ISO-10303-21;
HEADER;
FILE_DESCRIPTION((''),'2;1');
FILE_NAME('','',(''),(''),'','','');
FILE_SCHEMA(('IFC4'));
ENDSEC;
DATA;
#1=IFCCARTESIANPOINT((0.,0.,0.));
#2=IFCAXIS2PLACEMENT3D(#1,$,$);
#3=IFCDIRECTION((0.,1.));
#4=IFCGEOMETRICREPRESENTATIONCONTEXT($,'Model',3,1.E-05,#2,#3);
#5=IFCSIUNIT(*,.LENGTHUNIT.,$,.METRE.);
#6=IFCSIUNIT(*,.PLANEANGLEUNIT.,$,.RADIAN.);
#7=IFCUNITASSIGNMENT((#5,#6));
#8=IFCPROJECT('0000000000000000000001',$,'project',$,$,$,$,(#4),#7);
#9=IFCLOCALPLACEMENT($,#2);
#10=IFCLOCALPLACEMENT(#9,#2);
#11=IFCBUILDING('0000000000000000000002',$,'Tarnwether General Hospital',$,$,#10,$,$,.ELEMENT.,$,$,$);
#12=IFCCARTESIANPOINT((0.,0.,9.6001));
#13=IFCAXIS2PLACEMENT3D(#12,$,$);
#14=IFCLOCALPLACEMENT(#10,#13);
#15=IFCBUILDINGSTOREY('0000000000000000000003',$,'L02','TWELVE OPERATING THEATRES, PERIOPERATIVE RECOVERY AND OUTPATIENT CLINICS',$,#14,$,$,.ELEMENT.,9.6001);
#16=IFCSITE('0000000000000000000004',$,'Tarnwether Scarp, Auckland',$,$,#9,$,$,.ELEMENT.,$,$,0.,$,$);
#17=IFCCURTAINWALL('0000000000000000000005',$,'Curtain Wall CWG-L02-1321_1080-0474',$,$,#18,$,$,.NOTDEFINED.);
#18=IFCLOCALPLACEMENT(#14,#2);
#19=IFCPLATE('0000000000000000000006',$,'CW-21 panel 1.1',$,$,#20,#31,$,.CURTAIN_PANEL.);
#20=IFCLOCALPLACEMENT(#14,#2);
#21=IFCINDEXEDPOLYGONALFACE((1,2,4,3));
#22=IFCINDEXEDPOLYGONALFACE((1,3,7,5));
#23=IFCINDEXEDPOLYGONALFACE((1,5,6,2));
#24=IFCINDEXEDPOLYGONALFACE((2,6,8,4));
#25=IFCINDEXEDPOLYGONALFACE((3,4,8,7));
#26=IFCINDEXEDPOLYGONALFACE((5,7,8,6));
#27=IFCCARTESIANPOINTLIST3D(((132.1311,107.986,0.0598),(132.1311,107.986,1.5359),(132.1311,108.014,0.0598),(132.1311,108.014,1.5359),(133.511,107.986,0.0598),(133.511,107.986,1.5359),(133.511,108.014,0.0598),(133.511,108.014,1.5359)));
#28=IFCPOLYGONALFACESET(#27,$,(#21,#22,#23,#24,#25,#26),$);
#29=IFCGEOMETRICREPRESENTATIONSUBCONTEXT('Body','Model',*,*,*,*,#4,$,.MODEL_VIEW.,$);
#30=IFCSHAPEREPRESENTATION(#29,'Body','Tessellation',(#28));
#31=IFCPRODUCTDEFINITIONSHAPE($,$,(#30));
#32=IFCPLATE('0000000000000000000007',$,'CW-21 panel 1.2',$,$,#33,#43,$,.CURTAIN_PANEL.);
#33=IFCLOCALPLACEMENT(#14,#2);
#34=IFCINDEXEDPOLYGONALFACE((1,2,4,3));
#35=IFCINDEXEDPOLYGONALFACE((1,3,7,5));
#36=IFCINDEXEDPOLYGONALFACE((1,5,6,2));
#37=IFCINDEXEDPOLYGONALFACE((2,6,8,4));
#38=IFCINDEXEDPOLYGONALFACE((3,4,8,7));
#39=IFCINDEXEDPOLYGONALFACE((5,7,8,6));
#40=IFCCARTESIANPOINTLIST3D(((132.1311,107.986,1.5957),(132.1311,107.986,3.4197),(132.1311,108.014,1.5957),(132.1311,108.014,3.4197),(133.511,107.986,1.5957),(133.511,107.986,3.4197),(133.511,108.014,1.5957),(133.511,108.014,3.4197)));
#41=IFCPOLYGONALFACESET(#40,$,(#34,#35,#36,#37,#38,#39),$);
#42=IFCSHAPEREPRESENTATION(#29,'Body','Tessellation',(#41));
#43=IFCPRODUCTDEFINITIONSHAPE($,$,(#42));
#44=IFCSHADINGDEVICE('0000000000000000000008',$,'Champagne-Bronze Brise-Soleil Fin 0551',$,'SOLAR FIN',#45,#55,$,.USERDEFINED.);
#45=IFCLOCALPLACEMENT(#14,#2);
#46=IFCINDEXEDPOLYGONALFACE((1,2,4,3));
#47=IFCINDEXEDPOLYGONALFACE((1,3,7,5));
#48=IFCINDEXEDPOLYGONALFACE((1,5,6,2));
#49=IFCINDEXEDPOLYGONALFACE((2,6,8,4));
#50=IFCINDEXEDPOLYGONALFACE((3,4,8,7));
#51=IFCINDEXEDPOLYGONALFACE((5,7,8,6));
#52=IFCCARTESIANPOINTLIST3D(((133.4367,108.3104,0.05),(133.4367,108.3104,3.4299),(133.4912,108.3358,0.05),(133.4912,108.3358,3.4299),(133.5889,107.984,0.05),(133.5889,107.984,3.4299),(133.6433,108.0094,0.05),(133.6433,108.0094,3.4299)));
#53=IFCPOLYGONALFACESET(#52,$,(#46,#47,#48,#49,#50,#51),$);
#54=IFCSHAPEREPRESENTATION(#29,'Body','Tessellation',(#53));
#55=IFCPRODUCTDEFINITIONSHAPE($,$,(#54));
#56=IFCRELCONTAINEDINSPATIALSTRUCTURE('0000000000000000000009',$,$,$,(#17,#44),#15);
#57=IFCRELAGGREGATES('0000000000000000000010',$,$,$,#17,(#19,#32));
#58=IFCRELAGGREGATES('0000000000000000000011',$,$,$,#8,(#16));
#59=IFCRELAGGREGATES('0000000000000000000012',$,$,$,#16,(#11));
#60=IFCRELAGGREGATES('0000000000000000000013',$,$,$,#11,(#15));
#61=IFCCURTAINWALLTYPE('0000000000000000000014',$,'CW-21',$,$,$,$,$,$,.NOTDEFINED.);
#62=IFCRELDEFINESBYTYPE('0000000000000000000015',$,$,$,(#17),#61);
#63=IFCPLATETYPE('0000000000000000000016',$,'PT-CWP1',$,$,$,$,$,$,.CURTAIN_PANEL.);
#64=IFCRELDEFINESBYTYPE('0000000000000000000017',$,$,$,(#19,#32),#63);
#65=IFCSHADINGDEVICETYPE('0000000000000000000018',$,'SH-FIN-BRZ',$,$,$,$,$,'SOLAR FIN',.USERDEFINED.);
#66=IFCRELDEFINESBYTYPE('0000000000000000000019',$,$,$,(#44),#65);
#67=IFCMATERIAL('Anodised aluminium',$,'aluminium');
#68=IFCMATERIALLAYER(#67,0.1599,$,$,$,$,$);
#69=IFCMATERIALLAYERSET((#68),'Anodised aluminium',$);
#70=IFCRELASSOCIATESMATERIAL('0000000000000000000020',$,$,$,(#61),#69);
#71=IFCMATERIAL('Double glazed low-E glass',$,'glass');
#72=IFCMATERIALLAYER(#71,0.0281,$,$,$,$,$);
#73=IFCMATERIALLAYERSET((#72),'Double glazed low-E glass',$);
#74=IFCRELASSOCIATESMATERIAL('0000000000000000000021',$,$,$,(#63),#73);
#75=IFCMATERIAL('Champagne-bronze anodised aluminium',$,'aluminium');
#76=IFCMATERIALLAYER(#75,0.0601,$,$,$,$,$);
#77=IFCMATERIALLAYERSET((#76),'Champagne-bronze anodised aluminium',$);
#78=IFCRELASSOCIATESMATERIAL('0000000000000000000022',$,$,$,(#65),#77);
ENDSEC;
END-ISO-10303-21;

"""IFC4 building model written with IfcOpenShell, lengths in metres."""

from ifc_helpers import new_model, si_unit, direction, frame, origin, origin_2d, place, context, subcontext, project, spatial, rectangle, extrude, material, layer, layer_set, type_object, element, aggregate, save


model = new_model("IFC4")

# Units and contexts
model_context = context("Model", 3, precision=1e-05, world=origin(), true_north=direction((0.0, 1.0)))
body_context = subcontext(model_context, "Body", "Model", "MODEL_VIEW")
ifc_project = project(units=[si_unit("LENGTHUNIT", "METRE"), si_unit("PLANEANGLEUNIT", "RADIAN")], contexts=[model_context])

# Site, building, storey
site_placement = place(None, origin())
site = spatial("IfcSite", under=ifc_project, at=site_placement, Name="Tarnwether Scarp, Auckland", CompositionType="ELEMENT", RefElevation=0.0)
building_placement = place(site_placement, origin())
building = spatial("IfcBuilding", under=site, at=building_placement, Name="Tarnwether General Hospital", CompositionType="ELEMENT")
storey_placement = place(building_placement, frame((0.0, 0.0, 9.6001)))
storey = spatial("IfcBuildingStorey", under=building, at=storey_placement, Name="L02", Description="TWELVE OPERATING THEATRES, PERIOPERATIVE RECOVERY AND OUTPATIENT CLINICS", CompositionType="ELEMENT", Elevation=9.6001)

# Curtain wall
ifc_material_1 = material(Name="Anodised aluminium", Category="aluminium")
ifc_layer_1 = layer(ifc_material_1, 0.1599)
ifc_layer_set_1 = layer_set([ifc_layer_1], Name="Anodised aluminium")
curtain_wall_type_1 = type_object("IfcCurtainWallType", Name="CW-21", PredefinedType="NOTDEFINED", material=ifc_layer_set_1)
curtain_wall_1_placement = place(storey_placement, origin())
curtain_wall_1 = element("IfcCurtainWall", 1, at=curtain_wall_1_placement, inside=storey, type_object=curtain_wall_type_1, Name="Curtain Wall CWG-L02-1321_1080-0474", PredefinedType="NOTDEFINED")

# Plates
ifc_material_2 = material(Name="Double glazed low-E glass", Category="glass")
ifc_layer_2 = layer(ifc_material_2, 0.0281)
ifc_layer_set_2 = layer_set([ifc_layer_2], Name="Double glazed low-E glass")
plate_type = type_object("IfcPlateType", Name="PT-CWP1", PredefinedType="CURTAIN_PANEL", material=ifc_layer_set_2)
plate_1_placement = place(storey_placement, frame((132.821, 108.0, 0.0598), z_axis=(0.0, 0.0, 1.0), x_axis=(1.0, 0.0, 0.0)))
plate_1 = element("IfcPlate", 2, at=plate_1_placement, type_object=plate_type, Name="CW-21 panel 1.1", PredefinedType="CURTAIN_PANEL", context=body_context, shape_type="SweptSolid", body=[
    extrude(rectangle(XDim=1.3799, YDim=0.0281, at=origin_2d()), origin(), (0.0, 0.0, 1.0), 1.4761),
])
plate_2_placement = place(storey_placement, frame((132.821, 108.0, 1.5957), z_axis=(0.0, 0.0, 1.0), x_axis=(1.0, 0.0, 0.0)))
plate_2 = element("IfcPlate", 3, at=plate_2_placement, type_object=plate_type, Name="CW-21 panel 1.2", PredefinedType="CURTAIN_PANEL", context=body_context, shape_type="SweptSolid", body=[
    extrude(rectangle(XDim=1.3799, YDim=0.0281, at=origin_2d()), origin(), (0.0, 0.0, 1.0), 1.824),
])
aggregate(curtain_wall_1, [plate_1, plate_2])

# Shading device
ifc_material_3 = material(Name="Champagne-bronze anodised aluminium", Category="aluminium")
ifc_layer_3 = layer(ifc_material_3, 0.0601)
ifc_layer_set_3 = layer_set([ifc_layer_3], Name="Champagne-bronze anodised aluminium")
shading_device_type = type_object("IfcShadingDeviceType", Name="SH-FIN-BRZ", ElementType="SOLAR FIN", PredefinedType="USERDEFINED", material=ifc_layer_set_3)
shading_device_placement = place(storey_placement, frame((133.54, 108.1599, 0.05), z_axis=(0.0, 0.0, 1.0), x_axis=(0.906308, 0.422618, 0.0)))
element("IfcShadingDevice", 4, at=shading_device_placement, inside=storey, type_object=shading_device_type, Name="Champagne-Bronze Brise-Soleil Fin 0551", ObjectType="SOLAR FIN", PredefinedType="USERDEFINED", context=body_context, shape_type="SweptSolid", body=[
    extrude(rectangle(XDim=0.0601, YDim=0.3601, at=origin_2d()), origin(), (0.0, 0.0, 1.0), 3.3799),
])

save(model, "model.ifc")
